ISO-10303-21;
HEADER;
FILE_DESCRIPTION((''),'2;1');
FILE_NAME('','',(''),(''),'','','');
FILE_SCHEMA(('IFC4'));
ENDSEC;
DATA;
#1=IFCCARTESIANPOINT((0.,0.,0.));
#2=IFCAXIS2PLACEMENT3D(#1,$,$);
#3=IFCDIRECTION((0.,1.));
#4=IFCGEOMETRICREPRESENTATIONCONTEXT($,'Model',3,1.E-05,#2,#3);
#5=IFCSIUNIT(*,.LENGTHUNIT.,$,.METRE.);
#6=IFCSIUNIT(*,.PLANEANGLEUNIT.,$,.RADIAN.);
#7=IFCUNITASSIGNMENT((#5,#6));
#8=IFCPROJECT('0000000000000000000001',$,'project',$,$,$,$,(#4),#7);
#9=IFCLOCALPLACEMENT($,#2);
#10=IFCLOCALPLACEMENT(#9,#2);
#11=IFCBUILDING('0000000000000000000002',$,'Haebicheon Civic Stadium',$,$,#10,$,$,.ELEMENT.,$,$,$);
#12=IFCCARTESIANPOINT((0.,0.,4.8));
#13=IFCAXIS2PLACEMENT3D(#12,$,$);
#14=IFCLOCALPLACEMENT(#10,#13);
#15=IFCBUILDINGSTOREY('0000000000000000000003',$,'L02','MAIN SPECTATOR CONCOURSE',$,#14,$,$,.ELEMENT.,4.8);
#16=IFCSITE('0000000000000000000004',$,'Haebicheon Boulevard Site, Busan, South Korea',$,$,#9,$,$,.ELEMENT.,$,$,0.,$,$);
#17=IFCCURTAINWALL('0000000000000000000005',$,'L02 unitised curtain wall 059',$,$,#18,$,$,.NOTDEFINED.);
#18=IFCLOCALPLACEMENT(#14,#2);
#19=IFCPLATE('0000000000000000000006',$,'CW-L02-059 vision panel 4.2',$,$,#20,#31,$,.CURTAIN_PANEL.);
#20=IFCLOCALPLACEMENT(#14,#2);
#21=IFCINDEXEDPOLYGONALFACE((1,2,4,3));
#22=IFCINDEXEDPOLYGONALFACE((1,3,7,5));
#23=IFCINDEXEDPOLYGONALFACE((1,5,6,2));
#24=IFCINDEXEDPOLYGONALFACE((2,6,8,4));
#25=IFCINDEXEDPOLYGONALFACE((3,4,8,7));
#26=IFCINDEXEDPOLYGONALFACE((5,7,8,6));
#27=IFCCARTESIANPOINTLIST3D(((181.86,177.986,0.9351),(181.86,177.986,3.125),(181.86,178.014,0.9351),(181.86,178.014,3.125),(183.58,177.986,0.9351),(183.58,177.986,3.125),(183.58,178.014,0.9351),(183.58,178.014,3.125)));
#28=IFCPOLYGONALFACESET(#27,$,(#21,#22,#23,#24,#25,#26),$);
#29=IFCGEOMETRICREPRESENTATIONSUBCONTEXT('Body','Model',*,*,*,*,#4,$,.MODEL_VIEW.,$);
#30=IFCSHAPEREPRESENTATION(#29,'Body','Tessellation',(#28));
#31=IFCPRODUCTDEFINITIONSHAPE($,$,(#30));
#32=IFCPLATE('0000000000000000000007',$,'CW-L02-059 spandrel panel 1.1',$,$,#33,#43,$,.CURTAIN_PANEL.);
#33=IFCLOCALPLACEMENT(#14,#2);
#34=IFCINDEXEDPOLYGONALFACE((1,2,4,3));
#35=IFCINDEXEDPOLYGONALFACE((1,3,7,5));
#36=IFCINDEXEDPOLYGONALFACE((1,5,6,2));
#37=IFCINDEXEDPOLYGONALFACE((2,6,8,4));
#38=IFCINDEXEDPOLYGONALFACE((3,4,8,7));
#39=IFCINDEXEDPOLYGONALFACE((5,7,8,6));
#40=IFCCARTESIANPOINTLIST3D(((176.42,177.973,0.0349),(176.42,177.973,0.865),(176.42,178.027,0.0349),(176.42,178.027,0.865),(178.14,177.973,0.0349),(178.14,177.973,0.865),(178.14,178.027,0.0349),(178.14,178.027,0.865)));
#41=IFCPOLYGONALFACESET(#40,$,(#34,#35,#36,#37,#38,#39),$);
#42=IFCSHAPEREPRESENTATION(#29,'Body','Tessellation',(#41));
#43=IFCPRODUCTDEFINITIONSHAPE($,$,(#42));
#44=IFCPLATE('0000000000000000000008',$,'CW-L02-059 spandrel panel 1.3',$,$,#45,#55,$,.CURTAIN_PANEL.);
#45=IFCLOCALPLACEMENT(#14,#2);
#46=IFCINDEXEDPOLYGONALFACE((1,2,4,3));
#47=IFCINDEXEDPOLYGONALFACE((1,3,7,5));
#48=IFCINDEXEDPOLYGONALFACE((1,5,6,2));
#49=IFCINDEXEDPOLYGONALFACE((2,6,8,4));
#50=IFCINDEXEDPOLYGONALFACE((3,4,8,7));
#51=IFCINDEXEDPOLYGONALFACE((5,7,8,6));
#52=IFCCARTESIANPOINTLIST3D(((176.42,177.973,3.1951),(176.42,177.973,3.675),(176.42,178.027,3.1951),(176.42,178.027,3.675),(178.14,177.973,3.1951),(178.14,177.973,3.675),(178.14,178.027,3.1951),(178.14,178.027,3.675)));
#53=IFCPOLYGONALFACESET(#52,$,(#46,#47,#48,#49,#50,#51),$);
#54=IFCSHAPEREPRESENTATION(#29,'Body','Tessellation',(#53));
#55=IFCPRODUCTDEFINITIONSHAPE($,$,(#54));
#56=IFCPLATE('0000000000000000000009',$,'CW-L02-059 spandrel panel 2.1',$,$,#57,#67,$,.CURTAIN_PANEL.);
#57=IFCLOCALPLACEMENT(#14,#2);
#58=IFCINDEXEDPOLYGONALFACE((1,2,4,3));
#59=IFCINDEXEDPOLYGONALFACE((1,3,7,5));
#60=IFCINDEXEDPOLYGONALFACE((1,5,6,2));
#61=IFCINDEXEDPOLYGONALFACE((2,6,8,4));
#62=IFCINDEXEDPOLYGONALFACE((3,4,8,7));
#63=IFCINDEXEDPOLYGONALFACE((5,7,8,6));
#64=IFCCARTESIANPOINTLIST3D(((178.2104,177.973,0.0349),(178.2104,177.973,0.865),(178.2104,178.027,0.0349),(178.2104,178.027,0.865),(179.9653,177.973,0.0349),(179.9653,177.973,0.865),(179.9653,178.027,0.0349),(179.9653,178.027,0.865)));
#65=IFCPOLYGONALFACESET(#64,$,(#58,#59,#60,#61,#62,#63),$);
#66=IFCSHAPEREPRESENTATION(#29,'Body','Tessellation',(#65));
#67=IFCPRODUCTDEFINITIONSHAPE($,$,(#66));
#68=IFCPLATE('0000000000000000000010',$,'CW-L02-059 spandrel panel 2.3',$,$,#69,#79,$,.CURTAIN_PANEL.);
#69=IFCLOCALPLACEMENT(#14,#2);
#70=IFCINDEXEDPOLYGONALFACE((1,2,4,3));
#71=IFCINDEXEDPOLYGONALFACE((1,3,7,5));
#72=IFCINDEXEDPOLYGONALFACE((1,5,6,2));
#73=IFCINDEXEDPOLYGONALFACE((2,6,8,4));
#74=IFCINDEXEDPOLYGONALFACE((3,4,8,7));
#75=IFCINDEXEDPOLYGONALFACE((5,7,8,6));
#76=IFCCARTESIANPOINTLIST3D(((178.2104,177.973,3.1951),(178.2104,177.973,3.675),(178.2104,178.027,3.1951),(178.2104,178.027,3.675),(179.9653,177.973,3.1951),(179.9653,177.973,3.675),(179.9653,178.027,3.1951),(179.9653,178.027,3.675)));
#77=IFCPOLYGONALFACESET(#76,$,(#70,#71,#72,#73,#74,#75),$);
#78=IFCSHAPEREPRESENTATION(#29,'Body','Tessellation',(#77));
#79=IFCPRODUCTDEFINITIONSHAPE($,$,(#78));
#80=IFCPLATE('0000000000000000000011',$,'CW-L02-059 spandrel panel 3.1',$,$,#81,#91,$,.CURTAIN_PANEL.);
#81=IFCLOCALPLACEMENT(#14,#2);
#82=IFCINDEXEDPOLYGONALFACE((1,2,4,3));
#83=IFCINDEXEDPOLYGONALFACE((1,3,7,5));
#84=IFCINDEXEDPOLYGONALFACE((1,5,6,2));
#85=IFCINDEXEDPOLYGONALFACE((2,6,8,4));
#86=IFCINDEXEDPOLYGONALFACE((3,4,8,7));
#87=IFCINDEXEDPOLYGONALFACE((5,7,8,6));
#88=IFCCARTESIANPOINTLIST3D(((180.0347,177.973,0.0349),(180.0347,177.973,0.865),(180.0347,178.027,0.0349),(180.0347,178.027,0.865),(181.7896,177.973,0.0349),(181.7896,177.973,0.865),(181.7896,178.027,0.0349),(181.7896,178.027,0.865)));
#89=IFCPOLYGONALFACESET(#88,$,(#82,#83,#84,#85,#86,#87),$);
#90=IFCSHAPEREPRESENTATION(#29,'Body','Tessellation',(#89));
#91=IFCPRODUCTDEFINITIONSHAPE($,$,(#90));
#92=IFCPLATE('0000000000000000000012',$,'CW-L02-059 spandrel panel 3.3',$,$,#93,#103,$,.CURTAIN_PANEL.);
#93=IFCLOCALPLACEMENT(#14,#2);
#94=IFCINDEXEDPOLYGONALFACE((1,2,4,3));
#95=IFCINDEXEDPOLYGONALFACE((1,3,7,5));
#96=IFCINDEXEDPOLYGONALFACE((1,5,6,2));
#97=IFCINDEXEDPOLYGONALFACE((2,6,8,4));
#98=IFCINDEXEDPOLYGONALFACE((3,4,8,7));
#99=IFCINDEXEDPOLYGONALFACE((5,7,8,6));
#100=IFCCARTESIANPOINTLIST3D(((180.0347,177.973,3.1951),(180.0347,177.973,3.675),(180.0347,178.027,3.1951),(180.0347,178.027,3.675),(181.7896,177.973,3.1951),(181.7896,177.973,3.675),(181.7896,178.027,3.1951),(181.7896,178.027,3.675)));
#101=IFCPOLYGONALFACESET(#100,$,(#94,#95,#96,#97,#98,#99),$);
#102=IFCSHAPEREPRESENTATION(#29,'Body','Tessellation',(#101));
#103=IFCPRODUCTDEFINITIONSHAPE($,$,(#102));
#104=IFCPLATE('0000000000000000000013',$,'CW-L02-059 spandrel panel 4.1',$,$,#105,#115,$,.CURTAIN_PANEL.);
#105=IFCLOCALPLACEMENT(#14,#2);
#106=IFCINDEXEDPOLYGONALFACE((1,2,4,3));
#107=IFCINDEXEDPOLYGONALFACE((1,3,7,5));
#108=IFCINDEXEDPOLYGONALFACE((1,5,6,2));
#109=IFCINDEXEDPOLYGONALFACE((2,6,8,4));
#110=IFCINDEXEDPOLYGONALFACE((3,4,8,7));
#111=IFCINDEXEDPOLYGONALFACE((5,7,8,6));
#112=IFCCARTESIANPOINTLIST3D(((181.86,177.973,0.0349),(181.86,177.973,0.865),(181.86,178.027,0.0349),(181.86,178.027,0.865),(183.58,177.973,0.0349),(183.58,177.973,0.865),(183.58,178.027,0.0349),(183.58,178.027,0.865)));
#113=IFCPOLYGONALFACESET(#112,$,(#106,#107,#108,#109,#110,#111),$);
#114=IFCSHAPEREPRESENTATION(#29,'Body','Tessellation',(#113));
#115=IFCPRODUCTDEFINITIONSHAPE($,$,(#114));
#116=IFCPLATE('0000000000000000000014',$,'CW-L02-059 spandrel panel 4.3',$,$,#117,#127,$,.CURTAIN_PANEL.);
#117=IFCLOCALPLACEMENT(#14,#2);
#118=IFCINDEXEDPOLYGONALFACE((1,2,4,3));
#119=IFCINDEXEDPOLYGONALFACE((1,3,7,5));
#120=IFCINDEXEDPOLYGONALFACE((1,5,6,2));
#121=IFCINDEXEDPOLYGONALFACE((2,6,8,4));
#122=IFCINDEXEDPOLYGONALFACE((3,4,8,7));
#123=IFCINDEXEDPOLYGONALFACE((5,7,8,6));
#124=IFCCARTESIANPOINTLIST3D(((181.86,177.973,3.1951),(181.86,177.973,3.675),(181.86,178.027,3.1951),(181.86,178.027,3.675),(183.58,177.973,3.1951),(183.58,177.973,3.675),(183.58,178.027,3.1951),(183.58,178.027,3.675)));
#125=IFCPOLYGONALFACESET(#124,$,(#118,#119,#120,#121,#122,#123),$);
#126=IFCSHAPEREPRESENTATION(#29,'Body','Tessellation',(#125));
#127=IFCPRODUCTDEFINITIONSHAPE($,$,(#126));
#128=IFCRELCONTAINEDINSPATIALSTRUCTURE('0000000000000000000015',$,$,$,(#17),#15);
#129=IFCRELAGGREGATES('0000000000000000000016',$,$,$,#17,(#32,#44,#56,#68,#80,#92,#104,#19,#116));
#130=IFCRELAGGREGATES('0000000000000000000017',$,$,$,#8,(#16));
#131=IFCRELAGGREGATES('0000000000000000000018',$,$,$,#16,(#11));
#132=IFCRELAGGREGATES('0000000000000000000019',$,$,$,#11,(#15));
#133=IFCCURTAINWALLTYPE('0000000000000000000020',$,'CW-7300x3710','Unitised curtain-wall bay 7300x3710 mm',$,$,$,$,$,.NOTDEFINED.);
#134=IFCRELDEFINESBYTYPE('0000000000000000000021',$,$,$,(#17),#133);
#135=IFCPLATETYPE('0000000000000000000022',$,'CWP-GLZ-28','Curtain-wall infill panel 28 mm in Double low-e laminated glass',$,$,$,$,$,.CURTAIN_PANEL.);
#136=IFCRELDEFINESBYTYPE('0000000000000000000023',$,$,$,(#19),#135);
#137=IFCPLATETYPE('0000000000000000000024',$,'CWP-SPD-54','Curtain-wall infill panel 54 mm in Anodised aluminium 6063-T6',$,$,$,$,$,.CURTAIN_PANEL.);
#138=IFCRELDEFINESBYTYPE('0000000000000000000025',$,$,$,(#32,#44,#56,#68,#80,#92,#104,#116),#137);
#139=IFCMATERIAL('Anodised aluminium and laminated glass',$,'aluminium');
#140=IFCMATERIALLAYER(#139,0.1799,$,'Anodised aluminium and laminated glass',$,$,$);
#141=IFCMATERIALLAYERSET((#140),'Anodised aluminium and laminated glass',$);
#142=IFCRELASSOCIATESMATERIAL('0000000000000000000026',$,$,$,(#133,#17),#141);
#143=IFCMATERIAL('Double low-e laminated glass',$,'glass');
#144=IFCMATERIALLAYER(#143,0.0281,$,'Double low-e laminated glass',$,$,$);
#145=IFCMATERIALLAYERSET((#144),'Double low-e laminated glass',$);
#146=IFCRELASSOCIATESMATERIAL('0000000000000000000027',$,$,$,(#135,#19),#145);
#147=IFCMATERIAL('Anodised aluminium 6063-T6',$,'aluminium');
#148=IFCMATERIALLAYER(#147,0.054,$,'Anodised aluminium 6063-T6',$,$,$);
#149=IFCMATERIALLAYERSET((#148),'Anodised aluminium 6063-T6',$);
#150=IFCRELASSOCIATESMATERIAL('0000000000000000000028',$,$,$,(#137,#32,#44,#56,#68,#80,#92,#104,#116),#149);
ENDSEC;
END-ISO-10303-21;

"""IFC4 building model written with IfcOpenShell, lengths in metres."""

from ifc_helpers import new_model, si_unit, direction, frame, origin, origin_2d, place, context, subcontext, project, spatial, rectangle, extrude, material, layer, layer_set, type_object, element, aggregate, save


model = new_model("IFC4")

# Units and contexts
model_context = context("Model", 3, precision=1e-05, world=origin(), true_north=direction((0.0, 1.0)))
body_context = subcontext(model_context, "Body", "Model", "MODEL_VIEW")
ifc_project = project(units=[si_unit("LENGTHUNIT", "METRE"), si_unit("PLANEANGLEUNIT", "RADIAN")], contexts=[model_context])

# Site, building, storey
site_placement = place(None, origin())
site = spatial("IfcSite", under=ifc_project, at=site_placement, Name="Haebicheon Boulevard Site, Busan, South Korea", CompositionType="ELEMENT", RefElevation=0.0)
building_placement = place(site_placement, origin())
building = spatial("IfcBuilding", under=site, at=building_placement, Name="Haebicheon Civic Stadium", CompositionType="ELEMENT")
storey_placement = place(building_placement, frame((0.0, 0.0, 4.8)))
storey = spatial("IfcBuildingStorey", under=building, at=storey_placement, Name="L02", Description="MAIN SPECTATOR CONCOURSE", CompositionType="ELEMENT", Elevation=4.8)

# Curtain wall
ifc_material_1 = material(Name="Anodised aluminium and laminated glass", Category="aluminium")
ifc_layer_1 = layer(ifc_material_1, 0.1799, Name="Anodised aluminium and laminated glass")
ifc_layer_set_1 = layer_set([ifc_layer_1], Name="Anodised aluminium and laminated glass")
curtain_wall_type = type_object("IfcCurtainWallType", Name="CW-7300x3710", Description="Unitised curtain-wall bay 7300x3710 mm", PredefinedType="NOTDEFINED", material=ifc_layer_set_1)
curtain_wall_placement = place(storey_placement, origin())
curtain_wall = element("IfcCurtainWall", 1, at=curtain_wall_placement, inside=storey, type_object=curtain_wall_type, material=ifc_layer_set_1, Name="L02 unitised curtain wall 059", PredefinedType="NOTDEFINED")

# Plates
ifc_material_2 = material(Name="Double low-e laminated glass", Category="glass")
ifc_layer_2 = layer(ifc_material_2, 0.0281, Name="Double low-e laminated glass")
ifc_layer_set_2 = layer_set([ifc_layer_2], Name="Double low-e laminated glass")
plate_type_1 = type_object("IfcPlateType", Name="CWP-GLZ-28", Description="Curtain-wall infill panel 28 mm in Double low-e laminated glass", PredefinedType="CURTAIN_PANEL", material=ifc_layer_set_2)
plate_1_placement = place(storey_placement, frame((182.72, 178.0, 0.9351), z_axis=(0.0, 0.0, 1.0), x_axis=(1.0, 0.0, 0.0)))
plate_1 = element("IfcPlate", 2, at=plate_1_placement, type_object=plate_type_1, material=ifc_layer_set_2, Name="CW-L02-059 vision panel 4.2", PredefinedType="CURTAIN_PANEL", context=body_context, shape_type="SweptSolid", body=[
    extrude(rectangle(XDim=1.72, YDim=0.0281, at=origin_2d()), origin(), (0.0, 0.0, 1.0), 2.1899),
])
ifc_material_3 = material(Name="Anodised aluminium 6063-T6", Category="aluminium")
ifc_layer_3 = layer(ifc_material_3, 0.054, Name="Anodised aluminium 6063-T6")
ifc_layer_set_3 = layer_set([ifc_layer_3], Name="Anodised aluminium 6063-T6")
plate_type_2 = type_object("IfcPlateType", Name="CWP-SPD-54", Description="Curtain-wall infill panel 54 mm in Anodised aluminium 6063-T6", PredefinedType="CURTAIN_PANEL", material=ifc_layer_set_3)
plate_2_placement = place(storey_placement, frame((177.28, 178.0, 0.0349), z_axis=(0.0, 0.0, 1.0), x_axis=(1.0, 0.0, 0.0)))
plate_2 = element("IfcPlate", 3, at=plate_2_placement, type_object=plate_type_2, material=ifc_layer_set_3, Name="CW-L02-059 spandrel panel 1.1", PredefinedType="CURTAIN_PANEL", context=body_context, shape_type="SweptSolid", body=[
    extrude(rectangle(XDim=1.72, YDim=0.054, at=origin_2d()), origin(), (0.0, 0.0, 1.0), 0.8301),
])
plate_3_placement = place(storey_placement, frame((177.28, 178.0, 3.1951), z_axis=(0.0, 0.0, 1.0), x_axis=(1.0, 0.0, 0.0)))
plate_3 = element("IfcPlate", 4, at=plate_3_placement, type_object=plate_type_2, material=ifc_layer_set_3, Name="CW-L02-059 spandrel panel 1.3", PredefinedType="CURTAIN_PANEL", context=body_context, shape_type="SweptSolid", body=[
    extrude(rectangle(XDim=1.72, YDim=0.054, at=origin_2d()), origin(), (0.0, 0.0, 1.0), 0.48),
])
plate_4_placement = place(storey_placement, frame((179.0879, 178.0, 0.0349), z_axis=(0.0, 0.0, 1.0), x_axis=(1.0, 0.0, 0.0)))
plate_4 = element("IfcPlate", 5, at=plate_4_placement, type_object=plate_type_2, material=ifc_layer_set_3, Name="CW-L02-059 spandrel panel 2.1", PredefinedType="CURTAIN_PANEL", context=body_context, shape_type="SweptSolid", body=[
    extrude(rectangle(XDim=1.7549, YDim=0.054, at=origin_2d()), origin(), (0.0, 0.0, 1.0), 0.8301),
])
plate_5_placement = place(storey_placement, frame((179.0879, 178.0, 3.1951), z_axis=(0.0, 0.0, 1.0), x_axis=(1.0, 0.0, 0.0)))
plate_5 = element("IfcPlate", 6, at=plate_5_placement, type_object=plate_type_2, material=ifc_layer_set_3, Name="CW-L02-059 spandrel panel 2.3", PredefinedType="CURTAIN_PANEL", context=body_context, shape_type="SweptSolid", body=[
    extrude(rectangle(XDim=1.7549, YDim=0.054, at=origin_2d()), origin(), (0.0, 0.0, 1.0), 0.48),
])
plate_6_placement = place(storey_placement, frame((180.9121, 178.0, 0.0349), z_axis=(0.0, 0.0, 1.0), x_axis=(1.0, 0.0, 0.0)))
plate_6 = element("IfcPlate", 7, at=plate_6_placement, type_object=plate_type_2, material=ifc_layer_set_3, Name="CW-L02-059 spandrel panel 3.1", PredefinedType="CURTAIN_PANEL", context=body_context, shape_type="SweptSolid", body=[
    extrude(rectangle(XDim=1.7549, YDim=0.054, at=origin_2d()), origin(), (0.0, 0.0, 1.0), 0.8301),
])
plate_7_placement = place(storey_placement, frame((180.9121, 178.0, 3.1951), z_axis=(0.0, 0.0, 1.0), x_axis=(1.0, 0.0, 0.0)))
plate_7 = element("IfcPlate", 8, at=plate_7_placement, type_object=plate_type_2, material=ifc_layer_set_3, Name="CW-L02-059 spandrel panel 3.3", PredefinedType="CURTAIN_PANEL", context=body_context, shape_type="SweptSolid", body=[
    extrude(rectangle(XDim=1.7549, YDim=0.054, at=origin_2d()), origin(), (0.0, 0.0, 1.0), 0.48),
])
plate_8_placement = place(storey_placement, frame((182.72, 178.0, 0.0349), z_axis=(0.0, 0.0, 1.0), x_axis=(1.0, 0.0, 0.0)))
plate_8 = element("IfcPlate", 9, at=plate_8_placement, type_object=plate_type_2, material=ifc_layer_set_3, Name="CW-L02-059 spandrel panel 4.1", PredefinedType="CURTAIN_PANEL", context=body_context, shape_type="SweptSolid", body=[
    extrude(rectangle(XDim=1.72, YDim=0.054, at=origin_2d()), origin(), (0.0, 0.0, 1.0), 0.8301),
])
plate_9_placement = place(storey_placement, frame((182.72, 178.0, 3.1951), z_axis=(0.0, 0.0, 1.0), x_axis=(1.0, 0.0, 0.0)))
plate_9 = element("IfcPlate", 10, at=plate_9_placement, type_object=plate_type_2, material=ifc_layer_set_3, Name="CW-L02-059 spandrel panel 4.3", PredefinedType="CURTAIN_PANEL", context=body_context, shape_type="SweptSolid", body=[
    extrude(rectangle(XDim=1.72, YDim=0.054, at=origin_2d()), origin(), (0.0, 0.0, 1.0), 0.48),
])
aggregate(curtain_wall, [plate_2, plate_3, plate_4, plate_5, plate_6, plate_7, plate_8, plate_1, plate_9])

save(model, "model.ifc")
